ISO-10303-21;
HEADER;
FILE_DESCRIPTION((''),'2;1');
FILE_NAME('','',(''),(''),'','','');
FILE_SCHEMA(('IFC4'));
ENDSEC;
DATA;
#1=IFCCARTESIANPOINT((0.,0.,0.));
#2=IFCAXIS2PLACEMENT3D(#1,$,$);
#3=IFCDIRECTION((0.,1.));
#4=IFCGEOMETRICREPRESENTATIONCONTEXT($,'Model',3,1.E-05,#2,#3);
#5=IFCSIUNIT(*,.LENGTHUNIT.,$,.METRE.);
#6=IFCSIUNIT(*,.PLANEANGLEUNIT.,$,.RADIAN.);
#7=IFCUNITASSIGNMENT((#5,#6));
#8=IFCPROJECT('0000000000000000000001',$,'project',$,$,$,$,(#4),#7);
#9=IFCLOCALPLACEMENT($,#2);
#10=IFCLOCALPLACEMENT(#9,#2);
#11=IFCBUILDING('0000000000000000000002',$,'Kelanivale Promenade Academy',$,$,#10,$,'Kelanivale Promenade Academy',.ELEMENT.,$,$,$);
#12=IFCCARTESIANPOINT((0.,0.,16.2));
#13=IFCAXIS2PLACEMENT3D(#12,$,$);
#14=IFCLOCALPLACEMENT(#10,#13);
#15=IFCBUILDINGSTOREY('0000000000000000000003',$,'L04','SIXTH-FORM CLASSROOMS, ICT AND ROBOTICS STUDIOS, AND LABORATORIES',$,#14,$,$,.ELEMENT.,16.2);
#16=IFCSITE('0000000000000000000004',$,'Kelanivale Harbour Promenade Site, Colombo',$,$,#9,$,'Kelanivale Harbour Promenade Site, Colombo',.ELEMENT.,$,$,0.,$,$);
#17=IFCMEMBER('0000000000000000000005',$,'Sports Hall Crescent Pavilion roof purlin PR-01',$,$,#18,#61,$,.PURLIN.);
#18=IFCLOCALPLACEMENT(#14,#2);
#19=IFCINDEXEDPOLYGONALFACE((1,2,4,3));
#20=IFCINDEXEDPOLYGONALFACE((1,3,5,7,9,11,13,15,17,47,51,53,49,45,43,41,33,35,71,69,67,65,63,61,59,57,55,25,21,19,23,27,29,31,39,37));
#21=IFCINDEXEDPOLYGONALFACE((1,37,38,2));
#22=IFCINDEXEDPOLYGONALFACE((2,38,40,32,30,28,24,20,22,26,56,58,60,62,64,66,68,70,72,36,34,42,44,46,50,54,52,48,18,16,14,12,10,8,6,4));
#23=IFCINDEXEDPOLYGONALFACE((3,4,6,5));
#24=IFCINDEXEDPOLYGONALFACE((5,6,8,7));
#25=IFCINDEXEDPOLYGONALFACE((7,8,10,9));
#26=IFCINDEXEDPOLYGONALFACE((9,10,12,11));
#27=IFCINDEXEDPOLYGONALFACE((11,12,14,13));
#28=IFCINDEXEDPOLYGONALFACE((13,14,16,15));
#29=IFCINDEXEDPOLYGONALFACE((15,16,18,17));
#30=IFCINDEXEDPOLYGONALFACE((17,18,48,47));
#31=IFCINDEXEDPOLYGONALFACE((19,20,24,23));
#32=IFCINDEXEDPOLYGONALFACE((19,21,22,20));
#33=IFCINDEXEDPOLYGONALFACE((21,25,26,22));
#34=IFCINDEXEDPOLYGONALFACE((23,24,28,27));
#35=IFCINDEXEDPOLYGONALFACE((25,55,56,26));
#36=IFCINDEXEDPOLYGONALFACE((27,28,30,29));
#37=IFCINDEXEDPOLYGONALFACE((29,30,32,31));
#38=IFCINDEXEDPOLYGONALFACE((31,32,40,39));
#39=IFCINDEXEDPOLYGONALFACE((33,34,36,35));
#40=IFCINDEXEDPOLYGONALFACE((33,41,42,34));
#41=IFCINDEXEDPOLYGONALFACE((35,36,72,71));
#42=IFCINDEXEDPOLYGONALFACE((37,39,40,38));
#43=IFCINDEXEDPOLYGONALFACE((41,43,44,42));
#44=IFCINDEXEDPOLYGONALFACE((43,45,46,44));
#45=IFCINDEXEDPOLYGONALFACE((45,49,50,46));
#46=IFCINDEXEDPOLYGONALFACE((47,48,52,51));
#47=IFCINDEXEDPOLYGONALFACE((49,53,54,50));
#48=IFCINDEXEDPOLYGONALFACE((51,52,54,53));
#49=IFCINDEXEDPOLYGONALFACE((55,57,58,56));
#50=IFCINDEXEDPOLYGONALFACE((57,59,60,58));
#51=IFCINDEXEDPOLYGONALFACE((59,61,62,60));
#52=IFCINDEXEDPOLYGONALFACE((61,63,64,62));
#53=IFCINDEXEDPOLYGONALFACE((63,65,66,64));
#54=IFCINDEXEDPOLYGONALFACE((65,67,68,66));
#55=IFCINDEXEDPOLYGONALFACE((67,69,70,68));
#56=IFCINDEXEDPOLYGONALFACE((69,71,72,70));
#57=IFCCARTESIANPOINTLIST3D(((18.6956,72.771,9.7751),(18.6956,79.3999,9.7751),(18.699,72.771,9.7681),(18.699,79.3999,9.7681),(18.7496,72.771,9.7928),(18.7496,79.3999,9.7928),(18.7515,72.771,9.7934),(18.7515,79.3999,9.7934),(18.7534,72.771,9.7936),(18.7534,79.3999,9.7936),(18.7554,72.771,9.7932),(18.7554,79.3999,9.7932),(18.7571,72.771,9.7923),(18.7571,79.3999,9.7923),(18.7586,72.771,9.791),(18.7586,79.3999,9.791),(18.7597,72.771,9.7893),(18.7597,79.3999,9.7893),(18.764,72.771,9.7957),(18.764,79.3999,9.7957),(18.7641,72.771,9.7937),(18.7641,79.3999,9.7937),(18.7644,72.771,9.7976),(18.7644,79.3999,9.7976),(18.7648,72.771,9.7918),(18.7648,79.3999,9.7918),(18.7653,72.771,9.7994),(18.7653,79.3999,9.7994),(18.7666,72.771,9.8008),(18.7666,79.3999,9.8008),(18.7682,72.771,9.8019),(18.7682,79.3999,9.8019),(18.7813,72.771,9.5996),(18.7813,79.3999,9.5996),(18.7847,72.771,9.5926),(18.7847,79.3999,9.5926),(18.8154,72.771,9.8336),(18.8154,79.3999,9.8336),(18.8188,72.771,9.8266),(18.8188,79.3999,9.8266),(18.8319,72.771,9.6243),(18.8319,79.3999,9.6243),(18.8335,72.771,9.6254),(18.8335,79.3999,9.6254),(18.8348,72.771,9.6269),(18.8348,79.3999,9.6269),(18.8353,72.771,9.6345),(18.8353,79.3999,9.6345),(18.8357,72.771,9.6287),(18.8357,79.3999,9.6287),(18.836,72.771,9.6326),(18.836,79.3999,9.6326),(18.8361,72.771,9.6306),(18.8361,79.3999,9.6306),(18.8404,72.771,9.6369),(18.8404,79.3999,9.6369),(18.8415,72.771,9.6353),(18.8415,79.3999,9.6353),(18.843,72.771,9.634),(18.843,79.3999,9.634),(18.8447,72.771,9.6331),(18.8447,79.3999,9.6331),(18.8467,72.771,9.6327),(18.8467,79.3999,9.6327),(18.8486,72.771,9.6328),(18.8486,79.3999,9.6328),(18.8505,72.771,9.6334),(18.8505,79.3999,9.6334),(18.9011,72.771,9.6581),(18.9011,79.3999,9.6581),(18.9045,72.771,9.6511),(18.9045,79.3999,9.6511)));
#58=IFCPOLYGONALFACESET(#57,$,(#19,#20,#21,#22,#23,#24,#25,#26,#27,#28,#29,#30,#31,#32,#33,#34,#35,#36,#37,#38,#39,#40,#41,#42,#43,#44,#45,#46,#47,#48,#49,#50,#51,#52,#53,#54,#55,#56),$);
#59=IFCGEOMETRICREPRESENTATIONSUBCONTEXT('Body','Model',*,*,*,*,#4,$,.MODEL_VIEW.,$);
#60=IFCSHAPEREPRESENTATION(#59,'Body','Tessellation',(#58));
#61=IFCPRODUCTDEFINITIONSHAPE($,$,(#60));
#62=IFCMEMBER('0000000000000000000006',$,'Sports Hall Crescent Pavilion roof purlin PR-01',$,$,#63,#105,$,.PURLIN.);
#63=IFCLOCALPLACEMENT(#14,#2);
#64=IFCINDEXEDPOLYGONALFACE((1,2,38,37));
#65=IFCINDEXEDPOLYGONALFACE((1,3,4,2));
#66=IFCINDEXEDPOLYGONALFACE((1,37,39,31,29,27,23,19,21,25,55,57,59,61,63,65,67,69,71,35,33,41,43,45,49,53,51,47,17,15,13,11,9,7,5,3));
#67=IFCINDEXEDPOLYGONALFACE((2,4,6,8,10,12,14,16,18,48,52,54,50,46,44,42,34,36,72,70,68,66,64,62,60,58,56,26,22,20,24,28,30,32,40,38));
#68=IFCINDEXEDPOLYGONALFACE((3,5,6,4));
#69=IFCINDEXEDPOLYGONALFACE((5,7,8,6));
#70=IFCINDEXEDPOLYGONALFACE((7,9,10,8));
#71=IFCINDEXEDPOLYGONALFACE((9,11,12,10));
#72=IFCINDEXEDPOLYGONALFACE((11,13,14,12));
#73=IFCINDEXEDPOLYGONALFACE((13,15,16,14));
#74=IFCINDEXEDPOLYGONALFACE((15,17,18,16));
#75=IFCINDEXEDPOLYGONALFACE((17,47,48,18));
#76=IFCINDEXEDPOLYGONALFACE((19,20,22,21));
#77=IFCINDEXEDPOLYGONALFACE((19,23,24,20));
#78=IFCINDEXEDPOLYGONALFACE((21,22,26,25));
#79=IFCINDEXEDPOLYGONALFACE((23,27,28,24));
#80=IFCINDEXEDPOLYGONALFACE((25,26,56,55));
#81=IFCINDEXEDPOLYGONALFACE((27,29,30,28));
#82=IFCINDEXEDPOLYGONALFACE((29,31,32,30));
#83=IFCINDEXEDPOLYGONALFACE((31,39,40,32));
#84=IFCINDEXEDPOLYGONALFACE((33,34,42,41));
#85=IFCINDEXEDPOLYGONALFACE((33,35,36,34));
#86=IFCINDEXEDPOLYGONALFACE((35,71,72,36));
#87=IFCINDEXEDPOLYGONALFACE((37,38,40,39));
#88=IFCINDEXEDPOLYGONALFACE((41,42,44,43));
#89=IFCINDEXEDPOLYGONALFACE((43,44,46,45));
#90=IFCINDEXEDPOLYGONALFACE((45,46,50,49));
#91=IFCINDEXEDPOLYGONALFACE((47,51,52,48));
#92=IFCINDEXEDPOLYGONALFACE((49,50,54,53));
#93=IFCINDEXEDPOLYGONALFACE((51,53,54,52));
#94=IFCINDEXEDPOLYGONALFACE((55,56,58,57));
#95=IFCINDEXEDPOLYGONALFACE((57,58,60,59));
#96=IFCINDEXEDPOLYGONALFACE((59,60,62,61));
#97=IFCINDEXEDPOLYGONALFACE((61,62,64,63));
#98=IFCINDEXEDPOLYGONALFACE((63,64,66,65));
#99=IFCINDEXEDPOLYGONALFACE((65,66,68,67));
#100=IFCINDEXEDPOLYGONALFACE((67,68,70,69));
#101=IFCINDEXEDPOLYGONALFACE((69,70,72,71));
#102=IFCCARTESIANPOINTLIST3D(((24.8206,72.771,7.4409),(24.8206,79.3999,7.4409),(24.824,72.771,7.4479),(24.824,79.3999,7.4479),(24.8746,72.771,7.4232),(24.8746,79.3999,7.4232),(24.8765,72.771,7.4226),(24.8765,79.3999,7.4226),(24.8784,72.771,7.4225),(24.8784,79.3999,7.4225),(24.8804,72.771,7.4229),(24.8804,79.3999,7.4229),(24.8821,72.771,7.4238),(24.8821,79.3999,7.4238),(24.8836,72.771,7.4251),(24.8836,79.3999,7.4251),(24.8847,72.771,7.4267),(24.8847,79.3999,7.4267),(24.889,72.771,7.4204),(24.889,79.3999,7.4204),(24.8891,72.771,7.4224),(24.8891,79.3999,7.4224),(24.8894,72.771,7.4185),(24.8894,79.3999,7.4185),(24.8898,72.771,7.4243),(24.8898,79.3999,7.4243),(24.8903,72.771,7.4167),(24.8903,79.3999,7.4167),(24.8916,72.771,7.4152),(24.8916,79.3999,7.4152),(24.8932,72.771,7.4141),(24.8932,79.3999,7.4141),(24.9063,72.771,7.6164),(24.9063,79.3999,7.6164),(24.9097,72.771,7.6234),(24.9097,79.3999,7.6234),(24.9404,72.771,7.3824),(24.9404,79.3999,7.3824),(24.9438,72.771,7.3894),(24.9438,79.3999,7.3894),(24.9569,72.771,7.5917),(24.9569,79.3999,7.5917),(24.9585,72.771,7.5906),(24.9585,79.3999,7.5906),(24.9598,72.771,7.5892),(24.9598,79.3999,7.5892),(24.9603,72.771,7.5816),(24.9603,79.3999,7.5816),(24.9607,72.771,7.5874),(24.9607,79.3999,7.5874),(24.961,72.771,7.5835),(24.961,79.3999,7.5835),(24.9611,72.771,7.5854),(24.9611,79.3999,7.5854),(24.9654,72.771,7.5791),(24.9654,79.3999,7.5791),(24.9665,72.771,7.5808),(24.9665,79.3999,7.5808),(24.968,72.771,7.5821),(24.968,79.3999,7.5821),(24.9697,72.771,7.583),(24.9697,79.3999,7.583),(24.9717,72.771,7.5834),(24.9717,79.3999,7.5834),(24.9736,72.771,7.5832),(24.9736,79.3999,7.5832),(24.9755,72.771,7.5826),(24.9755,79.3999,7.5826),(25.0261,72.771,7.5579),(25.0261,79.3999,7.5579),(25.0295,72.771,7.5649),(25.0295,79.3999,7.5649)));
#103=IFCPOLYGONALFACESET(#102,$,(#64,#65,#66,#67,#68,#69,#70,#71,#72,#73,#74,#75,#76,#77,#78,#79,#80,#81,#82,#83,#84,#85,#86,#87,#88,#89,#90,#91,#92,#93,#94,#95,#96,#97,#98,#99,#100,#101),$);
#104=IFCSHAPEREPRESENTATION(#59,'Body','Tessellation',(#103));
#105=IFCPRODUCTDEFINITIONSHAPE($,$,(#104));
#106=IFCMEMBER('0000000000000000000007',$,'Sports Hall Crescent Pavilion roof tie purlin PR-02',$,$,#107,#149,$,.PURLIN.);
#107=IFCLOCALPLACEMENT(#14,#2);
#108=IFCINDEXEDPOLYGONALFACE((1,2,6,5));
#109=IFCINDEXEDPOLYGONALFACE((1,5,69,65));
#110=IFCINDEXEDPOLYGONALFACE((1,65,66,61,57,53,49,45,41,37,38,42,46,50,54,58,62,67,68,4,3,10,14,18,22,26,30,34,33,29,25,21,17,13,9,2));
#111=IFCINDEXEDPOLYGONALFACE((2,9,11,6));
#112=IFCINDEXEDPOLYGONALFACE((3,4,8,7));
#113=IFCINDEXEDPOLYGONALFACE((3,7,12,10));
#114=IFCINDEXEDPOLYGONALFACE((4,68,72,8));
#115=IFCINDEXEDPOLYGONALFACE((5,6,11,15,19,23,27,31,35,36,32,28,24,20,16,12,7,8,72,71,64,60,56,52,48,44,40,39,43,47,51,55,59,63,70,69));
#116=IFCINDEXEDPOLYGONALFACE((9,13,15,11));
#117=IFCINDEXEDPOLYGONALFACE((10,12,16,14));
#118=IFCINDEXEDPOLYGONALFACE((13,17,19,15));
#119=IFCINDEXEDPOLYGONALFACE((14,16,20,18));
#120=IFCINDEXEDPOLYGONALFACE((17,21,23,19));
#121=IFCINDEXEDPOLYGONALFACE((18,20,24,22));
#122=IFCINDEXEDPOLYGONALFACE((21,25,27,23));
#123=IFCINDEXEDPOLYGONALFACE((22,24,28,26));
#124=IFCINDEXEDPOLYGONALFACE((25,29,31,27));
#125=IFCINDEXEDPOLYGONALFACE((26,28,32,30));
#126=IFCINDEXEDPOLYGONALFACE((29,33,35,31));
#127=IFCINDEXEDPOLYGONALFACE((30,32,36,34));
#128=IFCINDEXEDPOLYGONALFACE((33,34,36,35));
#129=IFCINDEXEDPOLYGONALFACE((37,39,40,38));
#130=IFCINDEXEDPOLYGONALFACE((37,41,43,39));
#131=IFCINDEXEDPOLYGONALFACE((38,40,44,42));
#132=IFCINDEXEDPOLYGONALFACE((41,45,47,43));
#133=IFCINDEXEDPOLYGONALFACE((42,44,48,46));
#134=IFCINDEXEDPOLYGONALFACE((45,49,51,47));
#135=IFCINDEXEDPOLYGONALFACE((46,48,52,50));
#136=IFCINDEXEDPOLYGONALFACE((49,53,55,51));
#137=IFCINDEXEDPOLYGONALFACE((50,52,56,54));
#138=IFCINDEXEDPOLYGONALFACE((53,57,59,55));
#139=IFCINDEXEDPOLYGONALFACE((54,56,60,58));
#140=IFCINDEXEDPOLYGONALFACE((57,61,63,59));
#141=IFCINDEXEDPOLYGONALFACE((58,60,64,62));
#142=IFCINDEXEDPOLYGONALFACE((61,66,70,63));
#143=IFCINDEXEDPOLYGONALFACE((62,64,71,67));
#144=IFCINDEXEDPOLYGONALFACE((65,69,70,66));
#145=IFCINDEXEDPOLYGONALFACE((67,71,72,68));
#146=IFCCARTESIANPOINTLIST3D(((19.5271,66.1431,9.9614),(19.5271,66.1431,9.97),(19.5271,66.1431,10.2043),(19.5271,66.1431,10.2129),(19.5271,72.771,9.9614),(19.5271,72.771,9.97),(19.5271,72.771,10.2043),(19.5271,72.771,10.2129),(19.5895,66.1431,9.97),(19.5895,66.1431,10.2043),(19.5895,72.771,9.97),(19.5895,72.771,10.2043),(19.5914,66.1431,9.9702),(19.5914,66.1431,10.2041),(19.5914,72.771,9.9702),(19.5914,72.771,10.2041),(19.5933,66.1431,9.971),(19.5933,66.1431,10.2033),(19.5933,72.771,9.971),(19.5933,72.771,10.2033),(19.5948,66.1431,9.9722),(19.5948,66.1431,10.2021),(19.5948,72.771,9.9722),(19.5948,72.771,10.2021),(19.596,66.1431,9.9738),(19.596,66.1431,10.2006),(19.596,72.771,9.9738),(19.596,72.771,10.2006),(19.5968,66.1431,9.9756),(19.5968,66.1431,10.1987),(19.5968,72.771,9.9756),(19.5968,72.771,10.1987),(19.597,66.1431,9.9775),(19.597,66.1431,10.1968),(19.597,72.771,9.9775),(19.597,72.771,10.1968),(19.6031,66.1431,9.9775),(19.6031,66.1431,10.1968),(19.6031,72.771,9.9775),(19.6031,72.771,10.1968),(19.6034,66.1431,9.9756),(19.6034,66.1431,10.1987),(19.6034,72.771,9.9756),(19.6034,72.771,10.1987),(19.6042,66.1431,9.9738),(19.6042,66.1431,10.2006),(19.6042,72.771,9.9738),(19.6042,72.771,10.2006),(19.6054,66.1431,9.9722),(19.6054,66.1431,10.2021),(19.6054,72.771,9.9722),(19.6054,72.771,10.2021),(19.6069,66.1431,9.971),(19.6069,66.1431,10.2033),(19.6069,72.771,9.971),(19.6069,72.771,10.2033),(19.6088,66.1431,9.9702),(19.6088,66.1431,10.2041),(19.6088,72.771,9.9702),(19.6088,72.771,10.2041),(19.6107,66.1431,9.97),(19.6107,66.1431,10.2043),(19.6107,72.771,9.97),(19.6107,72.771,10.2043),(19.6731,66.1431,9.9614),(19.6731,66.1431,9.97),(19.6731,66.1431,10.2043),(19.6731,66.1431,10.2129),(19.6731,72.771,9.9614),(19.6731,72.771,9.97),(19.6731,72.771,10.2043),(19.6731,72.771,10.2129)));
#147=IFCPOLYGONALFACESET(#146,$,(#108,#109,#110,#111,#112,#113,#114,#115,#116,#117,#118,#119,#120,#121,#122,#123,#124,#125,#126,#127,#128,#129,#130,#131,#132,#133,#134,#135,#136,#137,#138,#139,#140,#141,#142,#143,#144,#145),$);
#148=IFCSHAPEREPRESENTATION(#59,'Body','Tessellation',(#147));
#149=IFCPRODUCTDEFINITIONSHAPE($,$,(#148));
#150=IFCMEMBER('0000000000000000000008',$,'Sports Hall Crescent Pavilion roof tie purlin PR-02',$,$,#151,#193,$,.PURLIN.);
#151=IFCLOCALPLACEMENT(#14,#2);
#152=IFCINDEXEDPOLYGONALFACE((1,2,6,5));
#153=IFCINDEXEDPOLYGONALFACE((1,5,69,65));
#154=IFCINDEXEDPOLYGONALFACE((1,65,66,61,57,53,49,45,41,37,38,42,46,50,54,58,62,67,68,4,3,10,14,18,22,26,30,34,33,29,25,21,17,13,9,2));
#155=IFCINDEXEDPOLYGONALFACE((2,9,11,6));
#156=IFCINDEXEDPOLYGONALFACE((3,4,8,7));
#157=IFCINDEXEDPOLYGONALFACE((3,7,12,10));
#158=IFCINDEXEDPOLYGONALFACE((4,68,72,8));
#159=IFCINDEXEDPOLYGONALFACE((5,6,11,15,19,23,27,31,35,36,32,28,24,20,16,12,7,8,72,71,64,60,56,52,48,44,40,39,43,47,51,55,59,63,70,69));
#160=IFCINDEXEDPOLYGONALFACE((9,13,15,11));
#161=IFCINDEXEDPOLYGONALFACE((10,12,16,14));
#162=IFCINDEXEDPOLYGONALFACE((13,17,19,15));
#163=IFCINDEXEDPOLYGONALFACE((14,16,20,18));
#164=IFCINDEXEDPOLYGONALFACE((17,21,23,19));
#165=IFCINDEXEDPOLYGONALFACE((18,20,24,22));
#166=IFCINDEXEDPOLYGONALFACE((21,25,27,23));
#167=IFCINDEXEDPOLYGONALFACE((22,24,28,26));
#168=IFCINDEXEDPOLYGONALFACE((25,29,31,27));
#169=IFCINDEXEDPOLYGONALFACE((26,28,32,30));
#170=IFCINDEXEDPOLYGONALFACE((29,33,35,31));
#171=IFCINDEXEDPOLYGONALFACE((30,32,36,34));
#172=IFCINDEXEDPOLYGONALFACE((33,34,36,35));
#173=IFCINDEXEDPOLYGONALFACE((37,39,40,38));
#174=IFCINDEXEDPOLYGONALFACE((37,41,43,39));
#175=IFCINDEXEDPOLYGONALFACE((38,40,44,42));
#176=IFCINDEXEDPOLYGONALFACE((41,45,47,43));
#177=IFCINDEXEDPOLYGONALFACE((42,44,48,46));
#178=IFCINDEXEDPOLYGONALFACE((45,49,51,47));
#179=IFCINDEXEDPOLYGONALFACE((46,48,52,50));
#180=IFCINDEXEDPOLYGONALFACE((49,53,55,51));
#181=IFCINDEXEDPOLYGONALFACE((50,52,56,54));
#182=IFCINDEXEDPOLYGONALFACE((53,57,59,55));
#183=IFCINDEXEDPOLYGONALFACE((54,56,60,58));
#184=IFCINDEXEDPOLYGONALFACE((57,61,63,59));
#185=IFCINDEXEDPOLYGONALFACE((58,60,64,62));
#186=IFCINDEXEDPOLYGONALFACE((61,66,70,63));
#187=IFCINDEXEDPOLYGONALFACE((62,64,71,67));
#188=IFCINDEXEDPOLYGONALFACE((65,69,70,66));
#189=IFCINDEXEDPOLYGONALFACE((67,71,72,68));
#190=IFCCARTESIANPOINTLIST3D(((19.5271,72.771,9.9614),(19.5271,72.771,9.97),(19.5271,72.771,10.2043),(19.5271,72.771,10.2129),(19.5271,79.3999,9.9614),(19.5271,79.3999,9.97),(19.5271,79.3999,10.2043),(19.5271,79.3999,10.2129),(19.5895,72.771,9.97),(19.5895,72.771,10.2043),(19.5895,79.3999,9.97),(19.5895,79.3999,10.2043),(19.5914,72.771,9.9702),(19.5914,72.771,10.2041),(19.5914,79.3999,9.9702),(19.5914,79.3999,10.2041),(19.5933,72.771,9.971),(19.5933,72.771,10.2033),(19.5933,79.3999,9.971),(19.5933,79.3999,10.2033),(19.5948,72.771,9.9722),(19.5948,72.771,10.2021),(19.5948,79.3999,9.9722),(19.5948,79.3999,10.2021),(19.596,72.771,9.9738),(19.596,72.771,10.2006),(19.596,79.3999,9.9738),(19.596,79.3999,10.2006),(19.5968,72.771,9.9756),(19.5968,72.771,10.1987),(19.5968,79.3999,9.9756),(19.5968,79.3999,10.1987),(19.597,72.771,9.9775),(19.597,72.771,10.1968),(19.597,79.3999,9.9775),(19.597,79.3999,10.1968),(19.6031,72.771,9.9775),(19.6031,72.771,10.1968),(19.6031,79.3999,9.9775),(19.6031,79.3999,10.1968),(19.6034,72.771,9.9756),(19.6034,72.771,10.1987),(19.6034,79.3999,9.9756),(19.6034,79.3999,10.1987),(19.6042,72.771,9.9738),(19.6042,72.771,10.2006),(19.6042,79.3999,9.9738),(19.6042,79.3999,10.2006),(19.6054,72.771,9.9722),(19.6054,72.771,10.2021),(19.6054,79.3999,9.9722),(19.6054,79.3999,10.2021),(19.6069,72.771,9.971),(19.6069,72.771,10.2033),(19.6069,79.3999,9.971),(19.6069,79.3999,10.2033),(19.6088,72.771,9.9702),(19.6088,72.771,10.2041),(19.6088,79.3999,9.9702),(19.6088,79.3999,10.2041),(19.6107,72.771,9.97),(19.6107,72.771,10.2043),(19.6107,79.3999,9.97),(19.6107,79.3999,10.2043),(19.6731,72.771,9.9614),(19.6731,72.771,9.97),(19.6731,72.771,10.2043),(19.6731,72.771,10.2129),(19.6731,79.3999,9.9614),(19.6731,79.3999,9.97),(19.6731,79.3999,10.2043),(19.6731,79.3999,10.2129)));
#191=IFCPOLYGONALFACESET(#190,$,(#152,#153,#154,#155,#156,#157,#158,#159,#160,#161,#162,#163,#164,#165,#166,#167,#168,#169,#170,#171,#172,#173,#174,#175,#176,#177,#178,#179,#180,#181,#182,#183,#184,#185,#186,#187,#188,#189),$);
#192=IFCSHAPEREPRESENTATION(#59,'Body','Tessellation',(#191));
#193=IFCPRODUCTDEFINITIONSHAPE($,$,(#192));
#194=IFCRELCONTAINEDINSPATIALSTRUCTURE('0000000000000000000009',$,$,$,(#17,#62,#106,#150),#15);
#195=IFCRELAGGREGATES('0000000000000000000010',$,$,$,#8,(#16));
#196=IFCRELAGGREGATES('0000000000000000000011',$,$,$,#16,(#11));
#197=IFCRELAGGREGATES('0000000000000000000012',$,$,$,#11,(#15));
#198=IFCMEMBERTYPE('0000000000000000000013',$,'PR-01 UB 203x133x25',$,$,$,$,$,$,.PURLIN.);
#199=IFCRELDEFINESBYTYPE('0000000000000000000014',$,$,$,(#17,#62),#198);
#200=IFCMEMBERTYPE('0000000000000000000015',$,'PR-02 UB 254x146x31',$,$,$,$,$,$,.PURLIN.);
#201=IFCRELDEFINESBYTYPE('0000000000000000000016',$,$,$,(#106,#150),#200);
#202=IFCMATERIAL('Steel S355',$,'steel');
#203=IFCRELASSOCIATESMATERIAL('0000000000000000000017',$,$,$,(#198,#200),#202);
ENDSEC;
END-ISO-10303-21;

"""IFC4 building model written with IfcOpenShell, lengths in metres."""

from ifc_helpers import new_model, si_unit, direction, frame, origin, origin_2d, place, context, subcontext, project, spatial, i_section, extrude, material, material_profile, profile_set, type_object, element, save


model = new_model("IFC4")

# Units and contexts
model_context = context("Model", 3, precision=1e-05, world=origin(), true_north=direction((0.0, 1.0)))
body_context = subcontext(model_context, "Body", "Model", "MODEL_VIEW")
ifc_project = project(units=[si_unit("LENGTHUNIT", "METRE"), si_unit("PLANEANGLEUNIT", "RADIAN")], contexts=[model_context])

# Site, building, storey
site_placement = place(None, origin())
site = spatial("IfcSite", under=ifc_project, at=site_placement, Name="Kelanivale Harbour Promenade Site, Colombo", LongName="Kelanivale Harbour Promenade Site, Colombo", CompositionType="ELEMENT", RefElevation=0.0)
building_placement = place(site_placement, origin())
building = spatial("IfcBuilding", under=site, at=building_placement, Name="Kelanivale Promenade Academy", LongName="Kelanivale Promenade Academy", CompositionType="ELEMENT")
storey_placement = place(building_placement, frame((0.0, 0.0, 16.2)))
storey = spatial("IfcBuildingStorey", under=building, at=storey_placement, Name="L04", Description="SIXTH-FORM CLASSROOMS, ICT AND ROBOTICS STUDIOS, AND LABORATORIES", CompositionType="ELEMENT", Elevation=16.2)

# Members
ifc_material_1 = material(Name="Steel S355", Category="steel")
ifc_material_profile_1 = material_profile(ifc_material_1, i_section(OverallWidth=0.1333, OverallDepth=0.2031, WebThickness=0.0056, FlangeThickness=0.0078, FilletRadius=0.0076, at=origin_2d()), Name="UB 203x133x25")
ifc_profile_set_1 = profile_set([ifc_material_profile_1], Name="Steel S355")
member_type_1 = type_object("IfcMemberType", Name="PR-01 UB 203x133x25", PredefinedType="PURLIN", material=ifc_profile_set_1)
for number, where, z_axis, x_axis, name in (
    (1, (18.8, 72.771, 9.7131), (0.0, 1.0, 0.0), (-0.898564, 0.0, -0.438842), "Sports Hall Crescent Pavilion roof purlin PR-01"),
    (2, (24.925, 72.771, 7.5029), (0.0, 1.0, 0.0), (-0.898564, 0.0, 0.438842), "Sports Hall Crescent Pavilion roof purlin PR-01"),
):
    element("IfcMember", number, at=place(storey_placement, frame(where, z_axis=z_axis, x_axis=x_axis)), inside=storey, type_object=member_type_1, Name=name, PredefinedType="PURLIN", context=body_context, shape_type="SweptSolid", body=[
        extrude(i_section(OverallWidth=0.1333, OverallDepth=0.2031, WebThickness=0.0056, FlangeThickness=0.0078, FilletRadius=0.0076, at=origin_2d()), origin(), (0.0, 0.0, 1.0), 6.6289),
    ])
ifc_material_profile_2 = material_profile(ifc_material_1, i_section(OverallWidth=0.146, OverallDepth=0.2515, WebThickness=0.0061, FlangeThickness=0.0085, FilletRadius=0.0076, at=origin_2d()), Name="UB 254x146x31")
ifc_profile_set_2 = profile_set([ifc_material_profile_2], Name="Steel S355")
member_type_2 = type_object("IfcMemberType", Name="PR-02 UB 254x146x31", PredefinedType="PURLIN", material=ifc_profile_set_2)
member_1_placement = place(storey_placement, frame((19.6001, 66.1431, 10.0872), z_axis=(0.0, 1.0, 0.0), x_axis=(-1.0, 0.0, 0.0)))
element("IfcMember", 3, at=member_1_placement, inside=storey, type_object=member_type_2, Name="Sports Hall Crescent Pavilion roof tie purlin PR-02", PredefinedType="PURLIN", context=body_context, shape_type="SweptSolid", body=[
    extrude(i_section(OverallWidth=0.146, OverallDepth=0.2515, WebThickness=0.0061, FlangeThickness=0.0085, FilletRadius=0.0076, at=origin_2d()), origin(), (0.0, 0.0, 1.0), 6.6279),
])
member_2_placement = place(storey_placement, frame((19.6001, 72.771, 10.0872), z_axis=(0.0, 1.0, 0.0), x_axis=(-1.0, 0.0, 0.0)))
element("IfcMember", 4, at=member_2_placement, inside=storey, type_object=member_type_2, Name="Sports Hall Crescent Pavilion roof tie purlin PR-02", PredefinedType="PURLIN", context=body_context, shape_type="SweptSolid", body=[
    extrude(i_section(OverallWidth=0.146, OverallDepth=0.2515, WebThickness=0.0061, FlangeThickness=0.0085, FilletRadius=0.0076, at=origin_2d()), origin(), (0.0, 0.0, 1.0), 6.6289),
])

save(model, "model.ifc")
